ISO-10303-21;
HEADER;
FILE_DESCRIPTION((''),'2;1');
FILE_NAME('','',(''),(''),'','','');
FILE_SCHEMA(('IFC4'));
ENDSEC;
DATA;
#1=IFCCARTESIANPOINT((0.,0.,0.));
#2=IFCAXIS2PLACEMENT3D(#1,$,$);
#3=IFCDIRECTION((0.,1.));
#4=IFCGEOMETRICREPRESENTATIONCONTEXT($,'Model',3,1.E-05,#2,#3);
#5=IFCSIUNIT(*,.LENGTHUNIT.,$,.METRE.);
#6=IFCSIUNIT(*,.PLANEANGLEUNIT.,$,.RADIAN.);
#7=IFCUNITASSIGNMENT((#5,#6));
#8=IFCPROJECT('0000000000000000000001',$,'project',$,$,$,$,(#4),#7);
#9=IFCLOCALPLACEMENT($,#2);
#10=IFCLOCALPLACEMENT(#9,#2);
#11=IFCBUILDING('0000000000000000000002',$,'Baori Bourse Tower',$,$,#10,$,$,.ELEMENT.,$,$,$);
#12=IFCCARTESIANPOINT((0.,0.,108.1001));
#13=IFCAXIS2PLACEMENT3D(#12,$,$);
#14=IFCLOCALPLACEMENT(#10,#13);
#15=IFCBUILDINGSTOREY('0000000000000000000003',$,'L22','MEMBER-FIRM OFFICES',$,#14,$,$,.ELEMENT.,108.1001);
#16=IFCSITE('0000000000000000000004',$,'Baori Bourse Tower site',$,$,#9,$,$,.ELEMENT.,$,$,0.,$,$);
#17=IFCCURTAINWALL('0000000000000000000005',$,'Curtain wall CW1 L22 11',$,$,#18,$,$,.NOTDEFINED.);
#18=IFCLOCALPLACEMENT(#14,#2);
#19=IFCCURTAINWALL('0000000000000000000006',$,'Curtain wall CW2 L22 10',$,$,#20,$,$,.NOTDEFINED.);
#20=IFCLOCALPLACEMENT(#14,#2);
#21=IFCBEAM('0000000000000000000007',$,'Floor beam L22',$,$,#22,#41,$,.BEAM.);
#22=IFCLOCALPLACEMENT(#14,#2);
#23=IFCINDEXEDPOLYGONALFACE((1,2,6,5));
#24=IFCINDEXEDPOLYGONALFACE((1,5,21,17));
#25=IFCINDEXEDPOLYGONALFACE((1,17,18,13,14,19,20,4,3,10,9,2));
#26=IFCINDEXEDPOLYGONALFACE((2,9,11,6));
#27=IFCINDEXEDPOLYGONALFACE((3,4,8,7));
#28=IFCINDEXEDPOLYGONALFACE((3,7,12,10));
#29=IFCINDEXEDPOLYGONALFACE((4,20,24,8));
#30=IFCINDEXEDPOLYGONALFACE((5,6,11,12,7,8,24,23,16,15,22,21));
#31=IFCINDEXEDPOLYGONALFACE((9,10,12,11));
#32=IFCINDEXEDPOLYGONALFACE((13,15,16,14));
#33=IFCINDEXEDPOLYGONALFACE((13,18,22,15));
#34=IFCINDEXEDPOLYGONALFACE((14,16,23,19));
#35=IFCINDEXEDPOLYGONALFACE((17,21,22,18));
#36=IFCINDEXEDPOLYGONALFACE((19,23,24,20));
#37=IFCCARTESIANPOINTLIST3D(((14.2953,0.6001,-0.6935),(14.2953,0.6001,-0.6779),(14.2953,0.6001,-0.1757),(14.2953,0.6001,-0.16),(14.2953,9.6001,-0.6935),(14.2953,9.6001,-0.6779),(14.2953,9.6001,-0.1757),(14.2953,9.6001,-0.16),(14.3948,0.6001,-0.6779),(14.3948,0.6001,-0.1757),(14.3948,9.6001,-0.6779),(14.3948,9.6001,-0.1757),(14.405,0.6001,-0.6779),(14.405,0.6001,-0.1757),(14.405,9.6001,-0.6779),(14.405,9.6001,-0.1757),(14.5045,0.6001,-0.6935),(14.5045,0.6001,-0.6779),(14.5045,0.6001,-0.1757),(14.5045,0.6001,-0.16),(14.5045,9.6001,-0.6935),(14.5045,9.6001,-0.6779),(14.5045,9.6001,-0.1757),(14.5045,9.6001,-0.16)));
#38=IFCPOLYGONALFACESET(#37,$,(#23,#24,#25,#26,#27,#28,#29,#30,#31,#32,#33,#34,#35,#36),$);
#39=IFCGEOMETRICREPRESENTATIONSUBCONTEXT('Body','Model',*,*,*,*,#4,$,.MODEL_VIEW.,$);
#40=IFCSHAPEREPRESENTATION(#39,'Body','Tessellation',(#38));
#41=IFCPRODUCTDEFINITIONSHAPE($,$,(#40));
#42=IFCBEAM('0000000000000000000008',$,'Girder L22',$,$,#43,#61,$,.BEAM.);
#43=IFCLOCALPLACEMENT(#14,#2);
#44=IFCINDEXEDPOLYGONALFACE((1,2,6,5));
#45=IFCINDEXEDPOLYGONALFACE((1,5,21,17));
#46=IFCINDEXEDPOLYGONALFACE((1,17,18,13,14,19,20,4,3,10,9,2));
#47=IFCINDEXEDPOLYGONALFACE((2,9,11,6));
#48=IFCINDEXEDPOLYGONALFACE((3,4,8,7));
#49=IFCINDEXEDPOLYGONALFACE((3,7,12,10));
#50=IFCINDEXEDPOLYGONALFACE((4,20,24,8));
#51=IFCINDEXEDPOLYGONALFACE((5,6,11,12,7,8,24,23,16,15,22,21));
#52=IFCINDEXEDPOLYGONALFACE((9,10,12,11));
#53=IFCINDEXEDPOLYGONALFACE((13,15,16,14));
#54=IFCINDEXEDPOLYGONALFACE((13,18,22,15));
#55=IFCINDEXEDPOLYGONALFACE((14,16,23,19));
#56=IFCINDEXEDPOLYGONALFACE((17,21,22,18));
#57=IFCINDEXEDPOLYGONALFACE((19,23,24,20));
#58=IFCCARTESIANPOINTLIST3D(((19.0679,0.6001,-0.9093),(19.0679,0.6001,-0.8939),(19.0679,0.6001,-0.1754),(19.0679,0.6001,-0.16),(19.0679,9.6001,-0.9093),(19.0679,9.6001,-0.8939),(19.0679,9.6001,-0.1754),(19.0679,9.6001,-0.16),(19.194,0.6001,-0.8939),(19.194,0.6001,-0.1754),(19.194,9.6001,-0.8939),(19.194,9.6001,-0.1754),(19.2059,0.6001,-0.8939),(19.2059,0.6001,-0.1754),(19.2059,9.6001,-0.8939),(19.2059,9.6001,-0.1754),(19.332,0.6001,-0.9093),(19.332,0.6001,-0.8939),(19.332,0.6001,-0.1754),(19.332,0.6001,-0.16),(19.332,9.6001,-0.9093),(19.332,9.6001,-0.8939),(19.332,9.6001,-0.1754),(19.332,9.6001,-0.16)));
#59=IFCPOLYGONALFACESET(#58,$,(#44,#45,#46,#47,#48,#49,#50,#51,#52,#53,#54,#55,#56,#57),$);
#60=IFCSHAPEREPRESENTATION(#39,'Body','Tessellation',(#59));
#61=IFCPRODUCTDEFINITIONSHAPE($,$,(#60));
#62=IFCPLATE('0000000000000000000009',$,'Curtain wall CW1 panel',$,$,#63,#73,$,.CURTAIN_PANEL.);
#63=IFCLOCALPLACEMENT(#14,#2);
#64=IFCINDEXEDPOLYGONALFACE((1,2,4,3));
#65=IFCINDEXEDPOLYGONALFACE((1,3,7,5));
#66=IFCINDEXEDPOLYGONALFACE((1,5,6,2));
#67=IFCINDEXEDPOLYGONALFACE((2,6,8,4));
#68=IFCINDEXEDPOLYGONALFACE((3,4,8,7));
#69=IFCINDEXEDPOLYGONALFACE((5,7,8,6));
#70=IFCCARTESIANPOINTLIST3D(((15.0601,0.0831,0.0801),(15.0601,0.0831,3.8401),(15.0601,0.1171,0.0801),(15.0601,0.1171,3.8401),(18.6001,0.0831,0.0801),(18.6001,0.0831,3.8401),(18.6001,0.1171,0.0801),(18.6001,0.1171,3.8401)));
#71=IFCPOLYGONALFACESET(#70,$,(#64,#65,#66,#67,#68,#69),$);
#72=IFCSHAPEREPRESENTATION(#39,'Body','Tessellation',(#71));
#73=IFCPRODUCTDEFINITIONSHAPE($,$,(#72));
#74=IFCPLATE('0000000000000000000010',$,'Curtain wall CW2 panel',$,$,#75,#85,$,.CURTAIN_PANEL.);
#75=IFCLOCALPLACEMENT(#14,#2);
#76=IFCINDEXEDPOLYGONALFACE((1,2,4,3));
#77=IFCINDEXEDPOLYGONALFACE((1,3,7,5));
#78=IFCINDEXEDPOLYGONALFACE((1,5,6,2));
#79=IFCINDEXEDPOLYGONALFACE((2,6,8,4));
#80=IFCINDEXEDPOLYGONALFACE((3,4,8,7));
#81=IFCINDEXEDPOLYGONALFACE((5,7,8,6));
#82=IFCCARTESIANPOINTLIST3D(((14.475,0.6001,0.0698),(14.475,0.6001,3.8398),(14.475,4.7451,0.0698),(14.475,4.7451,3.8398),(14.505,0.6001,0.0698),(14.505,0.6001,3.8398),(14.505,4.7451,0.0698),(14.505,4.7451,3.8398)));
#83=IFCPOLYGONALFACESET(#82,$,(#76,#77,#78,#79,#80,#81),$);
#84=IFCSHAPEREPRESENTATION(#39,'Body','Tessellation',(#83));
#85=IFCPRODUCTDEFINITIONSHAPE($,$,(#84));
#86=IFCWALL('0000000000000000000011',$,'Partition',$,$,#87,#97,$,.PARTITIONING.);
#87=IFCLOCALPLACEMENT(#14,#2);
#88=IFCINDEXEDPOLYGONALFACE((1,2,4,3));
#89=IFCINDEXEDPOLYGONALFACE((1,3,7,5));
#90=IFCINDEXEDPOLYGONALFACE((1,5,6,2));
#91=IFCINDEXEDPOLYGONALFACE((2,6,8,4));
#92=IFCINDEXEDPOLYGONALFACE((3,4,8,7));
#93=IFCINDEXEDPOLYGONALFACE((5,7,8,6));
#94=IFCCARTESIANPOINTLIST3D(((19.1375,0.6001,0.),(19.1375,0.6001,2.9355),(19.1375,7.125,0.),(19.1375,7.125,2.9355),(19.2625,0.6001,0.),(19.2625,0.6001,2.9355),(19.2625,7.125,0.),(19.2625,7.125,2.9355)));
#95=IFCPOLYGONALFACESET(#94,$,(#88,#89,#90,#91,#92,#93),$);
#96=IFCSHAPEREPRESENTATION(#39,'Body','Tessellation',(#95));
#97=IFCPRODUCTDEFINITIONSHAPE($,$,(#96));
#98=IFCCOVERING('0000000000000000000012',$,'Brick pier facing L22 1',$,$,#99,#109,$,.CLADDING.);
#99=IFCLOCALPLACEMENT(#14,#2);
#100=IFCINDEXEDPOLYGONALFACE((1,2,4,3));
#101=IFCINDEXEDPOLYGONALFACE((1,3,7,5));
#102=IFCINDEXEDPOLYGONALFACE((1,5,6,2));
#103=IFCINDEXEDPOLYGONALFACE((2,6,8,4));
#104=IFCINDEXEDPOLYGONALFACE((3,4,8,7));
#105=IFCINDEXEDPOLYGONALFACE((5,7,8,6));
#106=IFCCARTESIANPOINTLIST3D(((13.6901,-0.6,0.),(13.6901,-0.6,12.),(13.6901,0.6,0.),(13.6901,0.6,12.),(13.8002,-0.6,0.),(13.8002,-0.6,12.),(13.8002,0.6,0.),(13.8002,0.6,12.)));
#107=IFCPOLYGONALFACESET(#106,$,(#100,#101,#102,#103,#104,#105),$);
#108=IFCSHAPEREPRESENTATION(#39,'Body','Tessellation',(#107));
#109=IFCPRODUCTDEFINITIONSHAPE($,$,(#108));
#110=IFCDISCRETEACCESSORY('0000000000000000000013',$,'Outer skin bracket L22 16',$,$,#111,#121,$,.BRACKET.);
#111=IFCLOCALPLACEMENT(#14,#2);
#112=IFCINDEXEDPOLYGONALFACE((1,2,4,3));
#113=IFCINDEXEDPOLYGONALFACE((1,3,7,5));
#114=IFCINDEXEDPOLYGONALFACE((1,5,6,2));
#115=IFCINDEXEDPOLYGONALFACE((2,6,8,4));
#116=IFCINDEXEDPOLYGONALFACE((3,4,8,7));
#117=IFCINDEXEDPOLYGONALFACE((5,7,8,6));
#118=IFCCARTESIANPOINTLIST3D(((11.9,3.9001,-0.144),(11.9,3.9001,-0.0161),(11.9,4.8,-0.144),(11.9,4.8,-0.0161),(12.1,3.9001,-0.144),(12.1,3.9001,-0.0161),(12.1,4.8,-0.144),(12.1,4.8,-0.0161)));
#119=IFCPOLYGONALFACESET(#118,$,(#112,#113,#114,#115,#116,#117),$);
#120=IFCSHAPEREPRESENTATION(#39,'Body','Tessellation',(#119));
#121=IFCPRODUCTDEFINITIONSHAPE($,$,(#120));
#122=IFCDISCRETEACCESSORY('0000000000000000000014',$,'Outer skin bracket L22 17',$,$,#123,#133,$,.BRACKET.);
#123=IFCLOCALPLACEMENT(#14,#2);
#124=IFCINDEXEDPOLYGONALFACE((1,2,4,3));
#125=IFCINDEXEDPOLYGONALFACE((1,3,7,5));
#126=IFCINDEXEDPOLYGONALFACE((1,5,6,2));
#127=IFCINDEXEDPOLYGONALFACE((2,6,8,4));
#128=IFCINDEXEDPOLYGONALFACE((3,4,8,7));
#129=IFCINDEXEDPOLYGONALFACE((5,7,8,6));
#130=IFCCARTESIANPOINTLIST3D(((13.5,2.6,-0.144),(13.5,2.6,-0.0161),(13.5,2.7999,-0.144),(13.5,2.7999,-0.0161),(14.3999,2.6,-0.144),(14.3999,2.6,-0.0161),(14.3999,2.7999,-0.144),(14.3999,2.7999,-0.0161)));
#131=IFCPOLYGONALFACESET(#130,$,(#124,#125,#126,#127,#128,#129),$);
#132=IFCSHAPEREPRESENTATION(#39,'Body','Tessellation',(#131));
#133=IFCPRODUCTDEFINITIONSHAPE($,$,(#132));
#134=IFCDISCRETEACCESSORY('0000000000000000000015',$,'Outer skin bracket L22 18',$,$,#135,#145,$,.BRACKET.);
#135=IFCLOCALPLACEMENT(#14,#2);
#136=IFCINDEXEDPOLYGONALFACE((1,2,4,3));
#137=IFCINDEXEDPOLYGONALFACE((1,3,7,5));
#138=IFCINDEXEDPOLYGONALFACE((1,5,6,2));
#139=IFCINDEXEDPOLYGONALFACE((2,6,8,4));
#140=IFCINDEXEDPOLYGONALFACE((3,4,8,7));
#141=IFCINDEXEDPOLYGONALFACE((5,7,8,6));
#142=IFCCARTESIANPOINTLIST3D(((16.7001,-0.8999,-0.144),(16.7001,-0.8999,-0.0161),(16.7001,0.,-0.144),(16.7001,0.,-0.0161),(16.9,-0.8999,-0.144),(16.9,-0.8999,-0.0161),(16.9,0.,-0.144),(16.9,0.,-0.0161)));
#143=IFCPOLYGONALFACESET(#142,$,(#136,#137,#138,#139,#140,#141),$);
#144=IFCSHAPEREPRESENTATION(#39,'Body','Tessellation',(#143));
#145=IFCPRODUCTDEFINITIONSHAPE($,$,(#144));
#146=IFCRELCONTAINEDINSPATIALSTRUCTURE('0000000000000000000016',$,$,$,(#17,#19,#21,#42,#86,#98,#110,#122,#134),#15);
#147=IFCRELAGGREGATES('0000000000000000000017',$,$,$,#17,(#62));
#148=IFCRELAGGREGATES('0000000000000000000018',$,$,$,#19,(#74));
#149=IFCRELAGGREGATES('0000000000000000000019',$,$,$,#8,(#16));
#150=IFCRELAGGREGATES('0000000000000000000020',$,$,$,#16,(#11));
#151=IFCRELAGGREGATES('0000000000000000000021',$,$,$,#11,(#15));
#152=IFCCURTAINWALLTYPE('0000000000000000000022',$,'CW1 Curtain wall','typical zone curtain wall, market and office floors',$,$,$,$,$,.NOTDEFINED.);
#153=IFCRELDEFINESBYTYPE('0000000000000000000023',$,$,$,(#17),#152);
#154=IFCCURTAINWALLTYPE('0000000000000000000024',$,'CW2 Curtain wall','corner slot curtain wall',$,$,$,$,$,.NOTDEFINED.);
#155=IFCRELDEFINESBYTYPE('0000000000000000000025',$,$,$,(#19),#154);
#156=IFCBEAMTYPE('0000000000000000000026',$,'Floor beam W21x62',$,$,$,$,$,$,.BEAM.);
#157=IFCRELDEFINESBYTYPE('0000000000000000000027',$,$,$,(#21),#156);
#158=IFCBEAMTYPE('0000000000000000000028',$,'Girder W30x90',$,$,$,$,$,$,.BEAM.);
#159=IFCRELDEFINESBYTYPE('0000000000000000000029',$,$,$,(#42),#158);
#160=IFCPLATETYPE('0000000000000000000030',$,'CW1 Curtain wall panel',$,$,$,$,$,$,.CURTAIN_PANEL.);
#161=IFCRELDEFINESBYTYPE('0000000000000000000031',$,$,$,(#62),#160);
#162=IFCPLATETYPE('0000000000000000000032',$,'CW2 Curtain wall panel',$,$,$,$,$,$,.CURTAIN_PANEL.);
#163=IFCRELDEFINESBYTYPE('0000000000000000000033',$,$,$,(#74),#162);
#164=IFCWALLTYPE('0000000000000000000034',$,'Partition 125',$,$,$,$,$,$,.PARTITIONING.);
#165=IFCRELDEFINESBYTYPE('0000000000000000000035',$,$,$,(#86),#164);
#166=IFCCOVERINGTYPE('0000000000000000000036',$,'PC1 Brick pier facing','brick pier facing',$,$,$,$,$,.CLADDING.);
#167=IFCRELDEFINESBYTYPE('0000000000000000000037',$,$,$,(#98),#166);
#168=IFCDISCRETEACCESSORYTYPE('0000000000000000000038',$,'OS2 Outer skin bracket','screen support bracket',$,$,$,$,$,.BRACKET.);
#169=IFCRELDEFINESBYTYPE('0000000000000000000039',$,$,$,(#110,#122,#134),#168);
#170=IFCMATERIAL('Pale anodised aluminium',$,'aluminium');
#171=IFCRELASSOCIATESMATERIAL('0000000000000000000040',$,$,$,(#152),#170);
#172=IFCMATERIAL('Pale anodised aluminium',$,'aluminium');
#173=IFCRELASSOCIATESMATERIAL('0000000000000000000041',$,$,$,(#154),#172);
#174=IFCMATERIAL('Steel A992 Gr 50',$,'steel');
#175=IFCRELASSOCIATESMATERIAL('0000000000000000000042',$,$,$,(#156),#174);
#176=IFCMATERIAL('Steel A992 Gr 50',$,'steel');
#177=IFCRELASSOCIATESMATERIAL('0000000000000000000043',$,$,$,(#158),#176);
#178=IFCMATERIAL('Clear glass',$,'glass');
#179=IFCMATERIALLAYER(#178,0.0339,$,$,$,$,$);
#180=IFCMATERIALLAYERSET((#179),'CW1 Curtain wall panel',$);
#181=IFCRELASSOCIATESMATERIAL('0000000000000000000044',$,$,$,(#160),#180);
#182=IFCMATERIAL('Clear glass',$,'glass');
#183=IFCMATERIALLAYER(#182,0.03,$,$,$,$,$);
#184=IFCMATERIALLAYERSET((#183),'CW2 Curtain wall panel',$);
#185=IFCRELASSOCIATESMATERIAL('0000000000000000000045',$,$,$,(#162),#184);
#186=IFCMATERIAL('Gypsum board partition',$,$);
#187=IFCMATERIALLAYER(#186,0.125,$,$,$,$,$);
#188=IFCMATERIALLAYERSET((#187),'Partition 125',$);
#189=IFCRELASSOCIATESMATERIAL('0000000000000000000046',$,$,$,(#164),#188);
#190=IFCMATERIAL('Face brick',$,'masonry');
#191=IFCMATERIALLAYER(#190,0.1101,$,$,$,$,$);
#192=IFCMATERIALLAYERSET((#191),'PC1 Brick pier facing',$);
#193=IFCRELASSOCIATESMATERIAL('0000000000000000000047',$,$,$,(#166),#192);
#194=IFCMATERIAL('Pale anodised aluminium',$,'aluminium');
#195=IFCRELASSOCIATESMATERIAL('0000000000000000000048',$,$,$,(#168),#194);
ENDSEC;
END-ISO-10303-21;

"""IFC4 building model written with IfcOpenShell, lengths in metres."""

from ifc_helpers import new_model, si_unit, direction, frame, frame_2d, origin, origin_2d, place, context, subcontext, project, spatial, rectangle, i_section, extrude, material, layer, layer_set, material_profile, profile_set, type_object, element, aggregate, save


model = new_model("IFC4")

# Units and contexts
model_context = context("Model", 3, precision=1e-05, world=origin(), true_north=direction((0.0, 1.0)))
body_context = subcontext(model_context, "Body", "Model", "MODEL_VIEW")
ifc_project = project(units=[si_unit("LENGTHUNIT", "METRE"), si_unit("PLANEANGLEUNIT", "RADIAN")], contexts=[model_context])

# Site, building, storey
site_placement = place(None, origin())
site = spatial("IfcSite", under=ifc_project, at=site_placement, Name="Baori Bourse Tower site", CompositionType="ELEMENT", RefElevation=0.0)
building_placement = place(site_placement, origin())
building = spatial("IfcBuilding", under=site, at=building_placement, Name="Baori Bourse Tower", CompositionType="ELEMENT")
storey_placement = place(building_placement, frame((0.0, 0.0, 108.1001)))
storey = spatial("IfcBuildingStorey", under=building, at=storey_placement, Name="L22", Description="MEMBER-FIRM OFFICES", CompositionType="ELEMENT", Elevation=108.1001)

# Curtain walls
ifc_material_1 = material(Name="Pale anodised aluminium", Category="aluminium")
curtain_wall_type_1 = type_object("IfcCurtainWallType", Name="CW1 Curtain wall", Description="typical zone curtain wall, market and office floors", PredefinedType="NOTDEFINED", material=ifc_material_1)
curtain_wall_1_placement = place(storey_placement, origin())
curtain_wall_1 = element("IfcCurtainWall", 1, at=curtain_wall_1_placement, inside=storey, type_object=curtain_wall_type_1, Name="Curtain wall CW1 L22 11", PredefinedType="NOTDEFINED")
ifc_material_2 = material(Name="Pale anodised aluminium", Category="aluminium")
curtain_wall_type_2 = type_object("IfcCurtainWallType", Name="CW2 Curtain wall", Description="corner slot curtain wall", PredefinedType="NOTDEFINED", material=ifc_material_2)
curtain_wall_2_placement = place(storey_placement, origin())
curtain_wall_2 = element("IfcCurtainWall", 2, at=curtain_wall_2_placement, inside=storey, type_object=curtain_wall_type_2, Name="Curtain wall CW2 L22 10", PredefinedType="NOTDEFINED")

# Beams
ifc_material_3 = material(Name="Steel A992 Gr 50", Category="steel")
ifc_material_profile_1 = material_profile(ifc_material_3, i_section(OverallWidth=0.2092, OverallDepth=0.5334, WebThickness=0.0103, FlangeThickness=0.0156, at=origin_2d()), Name="W21x62")
ifc_profile_set_1 = profile_set([ifc_material_profile_1], Name="Steel A992 Gr 50")
beam_type_1 = type_object("IfcBeamType", Name="Floor beam W21x62", PredefinedType="BEAM", material=ifc_profile_set_1)
beam_1_placement = place(storey_placement, frame((14.3999, 0.6001, -0.4268), z_axis=(0.0, 1.0, 0.0), x_axis=(-1.0, 0.0, 0.0)))
element("IfcBeam", 3, at=beam_1_placement, inside=storey, type_object=beam_type_1, Name="Floor beam L22", PredefinedType="BEAM", context=body_context, shape_type="SweptSolid", body=[
    extrude(i_section(OverallWidth=0.2092, OverallDepth=0.5334, WebThickness=0.0103, FlangeThickness=0.0156, at=origin_2d()), origin(), (0.0, 0.0, 1.0), 9.0),
])
ifc_material_4 = material(Name="Steel A992 Gr 50", Category="steel")
ifc_material_profile_2 = material_profile(ifc_material_4, i_section(OverallWidth=0.2642, OverallDepth=0.7493, WebThickness=0.012, FlangeThickness=0.0154, at=origin_2d()), Name="W30x90")
ifc_profile_set_2 = profile_set([ifc_material_profile_2], Name="Steel A992 Gr 50")
beam_type_2 = type_object("IfcBeamType", Name="Girder W30x90", PredefinedType="BEAM", material=ifc_profile_set_2)
beam_2_placement = place(storey_placement, frame((19.2, 0.6001, -0.5347), z_axis=(0.0, 1.0, 0.0), x_axis=(-1.0, 0.0, 0.0)))
element("IfcBeam", 4, at=beam_2_placement, inside=storey, type_object=beam_type_2, Name="Girder L22", PredefinedType="BEAM", context=body_context, shape_type="SweptSolid", body=[
    extrude(i_section(OverallWidth=0.2642, OverallDepth=0.7493, WebThickness=0.012, FlangeThickness=0.0154, at=origin_2d()), origin(), (0.0, 0.0, 1.0), 9.0),
])

# Plates
ifc_material_5 = material(Name="Clear glass", Category="glass")
ifc_layer_1 = layer(ifc_material_5, 0.0339)
ifc_layer_set_1 = layer_set([ifc_layer_1], Name="CW1 Curtain wall panel")
plate_type_1 = type_object("IfcPlateType", Name="CW1 Curtain wall panel", PredefinedType="CURTAIN_PANEL", material=ifc_layer_set_1)
plate_1_placement = place(storey_placement, frame((16.8301, 0.1001, 0.0801), z_axis=(0.0, 0.0, 1.0), x_axis=(1.0, 0.0, 0.0)))
plate_1 = element("IfcPlate", 5, at=plate_1_placement, type_object=plate_type_1, Name="Curtain wall CW1 panel", PredefinedType="CURTAIN_PANEL", context=body_context, shape_type="SweptSolid", body=[
    extrude(rectangle(XDim=3.54, YDim=0.0339, at=origin_2d()), origin(), (0.0, 0.0, 1.0), 3.76),
])
aggregate(curtain_wall_1, [plate_1])
ifc_material_6 = material(Name="Clear glass", Category="glass")
ifc_layer_2 = layer(ifc_material_6, 0.03)
ifc_layer_set_2 = layer_set([ifc_layer_2], Name="CW2 Curtain wall panel")
plate_type_2 = type_object("IfcPlateType", Name="CW2 Curtain wall panel", PredefinedType="CURTAIN_PANEL", material=ifc_layer_set_2)
plate_2_placement = place(storey_placement, frame((14.49, 2.6726, 0.0698), z_axis=(0.0, 0.0, 1.0), x_axis=(0.0, -1.0, 0.0)))
plate_2 = element("IfcPlate", 6, at=plate_2_placement, type_object=plate_type_2, Name="Curtain wall CW2 panel", PredefinedType="CURTAIN_PANEL", context=body_context, shape_type="SweptSolid", body=[
    extrude(rectangle(XDim=4.145, YDim=0.03, at=origin_2d()), origin(), (0.0, 0.0, 1.0), 3.77),
])
aggregate(curtain_wall_2, [plate_2])

# Wall
ifc_material_7 = material(Name="Gypsum board partition")
ifc_layer_3 = layer(ifc_material_7, 0.125)
ifc_layer_set_3 = layer_set([ifc_layer_3], Name="Partition 125")
wall_type = type_object("IfcWallType", Name="Partition 125", PredefinedType="PARTITIONING", material=ifc_layer_set_3)
wall_placement = place(storey_placement, frame((19.2, 0.6001, 0.0), z_axis=(0.0, 0.0, 1.0), x_axis=(0.0, 1.0, 0.0)))
element("IfcWall", 7, at=wall_placement, inside=storey, type_object=wall_type, Name="Partition", PredefinedType="PARTITIONING", context=body_context, shape_type="SweptSolid", body=[
    extrude(rectangle(XDim=6.5249, YDim=0.125, at=frame_2d((3.2625, 0.0))), origin(), (0.0, 0.0, 1.0), 2.9355),
])

# Covering
ifc_material_8 = material(Name="Face brick", Category="masonry")
ifc_layer_4 = layer(ifc_material_8, 0.1101)
ifc_layer_set_4 = layer_set([ifc_layer_4], Name="PC1 Brick pier facing")
covering_type = type_object("IfcCoveringType", Name="PC1 Brick pier facing", Description="brick pier facing", PredefinedType="CLADDING", material=ifc_layer_set_4)
covering_placement = place(storey_placement, frame((13.7451, 0.0, 0.0), z_axis=(0.0, 0.0, 1.0), x_axis=(1.0, 0.0, 0.0)))
element("IfcCovering", 8, at=covering_placement, inside=storey, type_object=covering_type, Name="Brick pier facing L22 1", PredefinedType="CLADDING", context=body_context, shape_type="SweptSolid", body=[
    extrude(rectangle(XDim=0.1101, YDim=1.2, at=origin_2d()), origin(), (0.0, 0.0, 1.0), 12.0),
])

# Discrete accessories
ifc_material_9 = material(Name="Pale anodised aluminium", Category="aluminium")
discrete_accessory_type = type_object("IfcDiscreteAccessoryType", Name="OS2 Outer skin bracket", Description="screen support bracket", PredefinedType="BRACKET", material=ifc_material_9)
for number, where, z_axis, x_axis, name in (
    (9, (12.0, 4.3501, -0.144), (0.0, 0.0, 1.0), (1.0, 0.0, 0.0), "Outer skin bracket L22 16"),
    (10, (13.95, 2.7, -0.144), (0.0, 0.0, 1.0), (0.0, -1.0, 0.0), "Outer skin bracket L22 17"),
    (11, (16.8, -0.45, -0.144), (0.0, 0.0, 1.0), (1.0, 0.0, 0.0), "Outer skin bracket L22 18"),
):
    element("IfcDiscreteAccessory", number, at=place(storey_placement, frame(where, z_axis=z_axis, x_axis=x_axis)), inside=storey, type_object=discrete_accessory_type, Name=name, PredefinedType="BRACKET", context=body_context, shape_type="SweptSolid", body=[
        extrude(rectangle(XDim=0.2, YDim=0.8999, at=origin_2d()), origin(), (0.0, 0.0, 1.0), 0.1279),
    ])

save(model, "model.ifc")
